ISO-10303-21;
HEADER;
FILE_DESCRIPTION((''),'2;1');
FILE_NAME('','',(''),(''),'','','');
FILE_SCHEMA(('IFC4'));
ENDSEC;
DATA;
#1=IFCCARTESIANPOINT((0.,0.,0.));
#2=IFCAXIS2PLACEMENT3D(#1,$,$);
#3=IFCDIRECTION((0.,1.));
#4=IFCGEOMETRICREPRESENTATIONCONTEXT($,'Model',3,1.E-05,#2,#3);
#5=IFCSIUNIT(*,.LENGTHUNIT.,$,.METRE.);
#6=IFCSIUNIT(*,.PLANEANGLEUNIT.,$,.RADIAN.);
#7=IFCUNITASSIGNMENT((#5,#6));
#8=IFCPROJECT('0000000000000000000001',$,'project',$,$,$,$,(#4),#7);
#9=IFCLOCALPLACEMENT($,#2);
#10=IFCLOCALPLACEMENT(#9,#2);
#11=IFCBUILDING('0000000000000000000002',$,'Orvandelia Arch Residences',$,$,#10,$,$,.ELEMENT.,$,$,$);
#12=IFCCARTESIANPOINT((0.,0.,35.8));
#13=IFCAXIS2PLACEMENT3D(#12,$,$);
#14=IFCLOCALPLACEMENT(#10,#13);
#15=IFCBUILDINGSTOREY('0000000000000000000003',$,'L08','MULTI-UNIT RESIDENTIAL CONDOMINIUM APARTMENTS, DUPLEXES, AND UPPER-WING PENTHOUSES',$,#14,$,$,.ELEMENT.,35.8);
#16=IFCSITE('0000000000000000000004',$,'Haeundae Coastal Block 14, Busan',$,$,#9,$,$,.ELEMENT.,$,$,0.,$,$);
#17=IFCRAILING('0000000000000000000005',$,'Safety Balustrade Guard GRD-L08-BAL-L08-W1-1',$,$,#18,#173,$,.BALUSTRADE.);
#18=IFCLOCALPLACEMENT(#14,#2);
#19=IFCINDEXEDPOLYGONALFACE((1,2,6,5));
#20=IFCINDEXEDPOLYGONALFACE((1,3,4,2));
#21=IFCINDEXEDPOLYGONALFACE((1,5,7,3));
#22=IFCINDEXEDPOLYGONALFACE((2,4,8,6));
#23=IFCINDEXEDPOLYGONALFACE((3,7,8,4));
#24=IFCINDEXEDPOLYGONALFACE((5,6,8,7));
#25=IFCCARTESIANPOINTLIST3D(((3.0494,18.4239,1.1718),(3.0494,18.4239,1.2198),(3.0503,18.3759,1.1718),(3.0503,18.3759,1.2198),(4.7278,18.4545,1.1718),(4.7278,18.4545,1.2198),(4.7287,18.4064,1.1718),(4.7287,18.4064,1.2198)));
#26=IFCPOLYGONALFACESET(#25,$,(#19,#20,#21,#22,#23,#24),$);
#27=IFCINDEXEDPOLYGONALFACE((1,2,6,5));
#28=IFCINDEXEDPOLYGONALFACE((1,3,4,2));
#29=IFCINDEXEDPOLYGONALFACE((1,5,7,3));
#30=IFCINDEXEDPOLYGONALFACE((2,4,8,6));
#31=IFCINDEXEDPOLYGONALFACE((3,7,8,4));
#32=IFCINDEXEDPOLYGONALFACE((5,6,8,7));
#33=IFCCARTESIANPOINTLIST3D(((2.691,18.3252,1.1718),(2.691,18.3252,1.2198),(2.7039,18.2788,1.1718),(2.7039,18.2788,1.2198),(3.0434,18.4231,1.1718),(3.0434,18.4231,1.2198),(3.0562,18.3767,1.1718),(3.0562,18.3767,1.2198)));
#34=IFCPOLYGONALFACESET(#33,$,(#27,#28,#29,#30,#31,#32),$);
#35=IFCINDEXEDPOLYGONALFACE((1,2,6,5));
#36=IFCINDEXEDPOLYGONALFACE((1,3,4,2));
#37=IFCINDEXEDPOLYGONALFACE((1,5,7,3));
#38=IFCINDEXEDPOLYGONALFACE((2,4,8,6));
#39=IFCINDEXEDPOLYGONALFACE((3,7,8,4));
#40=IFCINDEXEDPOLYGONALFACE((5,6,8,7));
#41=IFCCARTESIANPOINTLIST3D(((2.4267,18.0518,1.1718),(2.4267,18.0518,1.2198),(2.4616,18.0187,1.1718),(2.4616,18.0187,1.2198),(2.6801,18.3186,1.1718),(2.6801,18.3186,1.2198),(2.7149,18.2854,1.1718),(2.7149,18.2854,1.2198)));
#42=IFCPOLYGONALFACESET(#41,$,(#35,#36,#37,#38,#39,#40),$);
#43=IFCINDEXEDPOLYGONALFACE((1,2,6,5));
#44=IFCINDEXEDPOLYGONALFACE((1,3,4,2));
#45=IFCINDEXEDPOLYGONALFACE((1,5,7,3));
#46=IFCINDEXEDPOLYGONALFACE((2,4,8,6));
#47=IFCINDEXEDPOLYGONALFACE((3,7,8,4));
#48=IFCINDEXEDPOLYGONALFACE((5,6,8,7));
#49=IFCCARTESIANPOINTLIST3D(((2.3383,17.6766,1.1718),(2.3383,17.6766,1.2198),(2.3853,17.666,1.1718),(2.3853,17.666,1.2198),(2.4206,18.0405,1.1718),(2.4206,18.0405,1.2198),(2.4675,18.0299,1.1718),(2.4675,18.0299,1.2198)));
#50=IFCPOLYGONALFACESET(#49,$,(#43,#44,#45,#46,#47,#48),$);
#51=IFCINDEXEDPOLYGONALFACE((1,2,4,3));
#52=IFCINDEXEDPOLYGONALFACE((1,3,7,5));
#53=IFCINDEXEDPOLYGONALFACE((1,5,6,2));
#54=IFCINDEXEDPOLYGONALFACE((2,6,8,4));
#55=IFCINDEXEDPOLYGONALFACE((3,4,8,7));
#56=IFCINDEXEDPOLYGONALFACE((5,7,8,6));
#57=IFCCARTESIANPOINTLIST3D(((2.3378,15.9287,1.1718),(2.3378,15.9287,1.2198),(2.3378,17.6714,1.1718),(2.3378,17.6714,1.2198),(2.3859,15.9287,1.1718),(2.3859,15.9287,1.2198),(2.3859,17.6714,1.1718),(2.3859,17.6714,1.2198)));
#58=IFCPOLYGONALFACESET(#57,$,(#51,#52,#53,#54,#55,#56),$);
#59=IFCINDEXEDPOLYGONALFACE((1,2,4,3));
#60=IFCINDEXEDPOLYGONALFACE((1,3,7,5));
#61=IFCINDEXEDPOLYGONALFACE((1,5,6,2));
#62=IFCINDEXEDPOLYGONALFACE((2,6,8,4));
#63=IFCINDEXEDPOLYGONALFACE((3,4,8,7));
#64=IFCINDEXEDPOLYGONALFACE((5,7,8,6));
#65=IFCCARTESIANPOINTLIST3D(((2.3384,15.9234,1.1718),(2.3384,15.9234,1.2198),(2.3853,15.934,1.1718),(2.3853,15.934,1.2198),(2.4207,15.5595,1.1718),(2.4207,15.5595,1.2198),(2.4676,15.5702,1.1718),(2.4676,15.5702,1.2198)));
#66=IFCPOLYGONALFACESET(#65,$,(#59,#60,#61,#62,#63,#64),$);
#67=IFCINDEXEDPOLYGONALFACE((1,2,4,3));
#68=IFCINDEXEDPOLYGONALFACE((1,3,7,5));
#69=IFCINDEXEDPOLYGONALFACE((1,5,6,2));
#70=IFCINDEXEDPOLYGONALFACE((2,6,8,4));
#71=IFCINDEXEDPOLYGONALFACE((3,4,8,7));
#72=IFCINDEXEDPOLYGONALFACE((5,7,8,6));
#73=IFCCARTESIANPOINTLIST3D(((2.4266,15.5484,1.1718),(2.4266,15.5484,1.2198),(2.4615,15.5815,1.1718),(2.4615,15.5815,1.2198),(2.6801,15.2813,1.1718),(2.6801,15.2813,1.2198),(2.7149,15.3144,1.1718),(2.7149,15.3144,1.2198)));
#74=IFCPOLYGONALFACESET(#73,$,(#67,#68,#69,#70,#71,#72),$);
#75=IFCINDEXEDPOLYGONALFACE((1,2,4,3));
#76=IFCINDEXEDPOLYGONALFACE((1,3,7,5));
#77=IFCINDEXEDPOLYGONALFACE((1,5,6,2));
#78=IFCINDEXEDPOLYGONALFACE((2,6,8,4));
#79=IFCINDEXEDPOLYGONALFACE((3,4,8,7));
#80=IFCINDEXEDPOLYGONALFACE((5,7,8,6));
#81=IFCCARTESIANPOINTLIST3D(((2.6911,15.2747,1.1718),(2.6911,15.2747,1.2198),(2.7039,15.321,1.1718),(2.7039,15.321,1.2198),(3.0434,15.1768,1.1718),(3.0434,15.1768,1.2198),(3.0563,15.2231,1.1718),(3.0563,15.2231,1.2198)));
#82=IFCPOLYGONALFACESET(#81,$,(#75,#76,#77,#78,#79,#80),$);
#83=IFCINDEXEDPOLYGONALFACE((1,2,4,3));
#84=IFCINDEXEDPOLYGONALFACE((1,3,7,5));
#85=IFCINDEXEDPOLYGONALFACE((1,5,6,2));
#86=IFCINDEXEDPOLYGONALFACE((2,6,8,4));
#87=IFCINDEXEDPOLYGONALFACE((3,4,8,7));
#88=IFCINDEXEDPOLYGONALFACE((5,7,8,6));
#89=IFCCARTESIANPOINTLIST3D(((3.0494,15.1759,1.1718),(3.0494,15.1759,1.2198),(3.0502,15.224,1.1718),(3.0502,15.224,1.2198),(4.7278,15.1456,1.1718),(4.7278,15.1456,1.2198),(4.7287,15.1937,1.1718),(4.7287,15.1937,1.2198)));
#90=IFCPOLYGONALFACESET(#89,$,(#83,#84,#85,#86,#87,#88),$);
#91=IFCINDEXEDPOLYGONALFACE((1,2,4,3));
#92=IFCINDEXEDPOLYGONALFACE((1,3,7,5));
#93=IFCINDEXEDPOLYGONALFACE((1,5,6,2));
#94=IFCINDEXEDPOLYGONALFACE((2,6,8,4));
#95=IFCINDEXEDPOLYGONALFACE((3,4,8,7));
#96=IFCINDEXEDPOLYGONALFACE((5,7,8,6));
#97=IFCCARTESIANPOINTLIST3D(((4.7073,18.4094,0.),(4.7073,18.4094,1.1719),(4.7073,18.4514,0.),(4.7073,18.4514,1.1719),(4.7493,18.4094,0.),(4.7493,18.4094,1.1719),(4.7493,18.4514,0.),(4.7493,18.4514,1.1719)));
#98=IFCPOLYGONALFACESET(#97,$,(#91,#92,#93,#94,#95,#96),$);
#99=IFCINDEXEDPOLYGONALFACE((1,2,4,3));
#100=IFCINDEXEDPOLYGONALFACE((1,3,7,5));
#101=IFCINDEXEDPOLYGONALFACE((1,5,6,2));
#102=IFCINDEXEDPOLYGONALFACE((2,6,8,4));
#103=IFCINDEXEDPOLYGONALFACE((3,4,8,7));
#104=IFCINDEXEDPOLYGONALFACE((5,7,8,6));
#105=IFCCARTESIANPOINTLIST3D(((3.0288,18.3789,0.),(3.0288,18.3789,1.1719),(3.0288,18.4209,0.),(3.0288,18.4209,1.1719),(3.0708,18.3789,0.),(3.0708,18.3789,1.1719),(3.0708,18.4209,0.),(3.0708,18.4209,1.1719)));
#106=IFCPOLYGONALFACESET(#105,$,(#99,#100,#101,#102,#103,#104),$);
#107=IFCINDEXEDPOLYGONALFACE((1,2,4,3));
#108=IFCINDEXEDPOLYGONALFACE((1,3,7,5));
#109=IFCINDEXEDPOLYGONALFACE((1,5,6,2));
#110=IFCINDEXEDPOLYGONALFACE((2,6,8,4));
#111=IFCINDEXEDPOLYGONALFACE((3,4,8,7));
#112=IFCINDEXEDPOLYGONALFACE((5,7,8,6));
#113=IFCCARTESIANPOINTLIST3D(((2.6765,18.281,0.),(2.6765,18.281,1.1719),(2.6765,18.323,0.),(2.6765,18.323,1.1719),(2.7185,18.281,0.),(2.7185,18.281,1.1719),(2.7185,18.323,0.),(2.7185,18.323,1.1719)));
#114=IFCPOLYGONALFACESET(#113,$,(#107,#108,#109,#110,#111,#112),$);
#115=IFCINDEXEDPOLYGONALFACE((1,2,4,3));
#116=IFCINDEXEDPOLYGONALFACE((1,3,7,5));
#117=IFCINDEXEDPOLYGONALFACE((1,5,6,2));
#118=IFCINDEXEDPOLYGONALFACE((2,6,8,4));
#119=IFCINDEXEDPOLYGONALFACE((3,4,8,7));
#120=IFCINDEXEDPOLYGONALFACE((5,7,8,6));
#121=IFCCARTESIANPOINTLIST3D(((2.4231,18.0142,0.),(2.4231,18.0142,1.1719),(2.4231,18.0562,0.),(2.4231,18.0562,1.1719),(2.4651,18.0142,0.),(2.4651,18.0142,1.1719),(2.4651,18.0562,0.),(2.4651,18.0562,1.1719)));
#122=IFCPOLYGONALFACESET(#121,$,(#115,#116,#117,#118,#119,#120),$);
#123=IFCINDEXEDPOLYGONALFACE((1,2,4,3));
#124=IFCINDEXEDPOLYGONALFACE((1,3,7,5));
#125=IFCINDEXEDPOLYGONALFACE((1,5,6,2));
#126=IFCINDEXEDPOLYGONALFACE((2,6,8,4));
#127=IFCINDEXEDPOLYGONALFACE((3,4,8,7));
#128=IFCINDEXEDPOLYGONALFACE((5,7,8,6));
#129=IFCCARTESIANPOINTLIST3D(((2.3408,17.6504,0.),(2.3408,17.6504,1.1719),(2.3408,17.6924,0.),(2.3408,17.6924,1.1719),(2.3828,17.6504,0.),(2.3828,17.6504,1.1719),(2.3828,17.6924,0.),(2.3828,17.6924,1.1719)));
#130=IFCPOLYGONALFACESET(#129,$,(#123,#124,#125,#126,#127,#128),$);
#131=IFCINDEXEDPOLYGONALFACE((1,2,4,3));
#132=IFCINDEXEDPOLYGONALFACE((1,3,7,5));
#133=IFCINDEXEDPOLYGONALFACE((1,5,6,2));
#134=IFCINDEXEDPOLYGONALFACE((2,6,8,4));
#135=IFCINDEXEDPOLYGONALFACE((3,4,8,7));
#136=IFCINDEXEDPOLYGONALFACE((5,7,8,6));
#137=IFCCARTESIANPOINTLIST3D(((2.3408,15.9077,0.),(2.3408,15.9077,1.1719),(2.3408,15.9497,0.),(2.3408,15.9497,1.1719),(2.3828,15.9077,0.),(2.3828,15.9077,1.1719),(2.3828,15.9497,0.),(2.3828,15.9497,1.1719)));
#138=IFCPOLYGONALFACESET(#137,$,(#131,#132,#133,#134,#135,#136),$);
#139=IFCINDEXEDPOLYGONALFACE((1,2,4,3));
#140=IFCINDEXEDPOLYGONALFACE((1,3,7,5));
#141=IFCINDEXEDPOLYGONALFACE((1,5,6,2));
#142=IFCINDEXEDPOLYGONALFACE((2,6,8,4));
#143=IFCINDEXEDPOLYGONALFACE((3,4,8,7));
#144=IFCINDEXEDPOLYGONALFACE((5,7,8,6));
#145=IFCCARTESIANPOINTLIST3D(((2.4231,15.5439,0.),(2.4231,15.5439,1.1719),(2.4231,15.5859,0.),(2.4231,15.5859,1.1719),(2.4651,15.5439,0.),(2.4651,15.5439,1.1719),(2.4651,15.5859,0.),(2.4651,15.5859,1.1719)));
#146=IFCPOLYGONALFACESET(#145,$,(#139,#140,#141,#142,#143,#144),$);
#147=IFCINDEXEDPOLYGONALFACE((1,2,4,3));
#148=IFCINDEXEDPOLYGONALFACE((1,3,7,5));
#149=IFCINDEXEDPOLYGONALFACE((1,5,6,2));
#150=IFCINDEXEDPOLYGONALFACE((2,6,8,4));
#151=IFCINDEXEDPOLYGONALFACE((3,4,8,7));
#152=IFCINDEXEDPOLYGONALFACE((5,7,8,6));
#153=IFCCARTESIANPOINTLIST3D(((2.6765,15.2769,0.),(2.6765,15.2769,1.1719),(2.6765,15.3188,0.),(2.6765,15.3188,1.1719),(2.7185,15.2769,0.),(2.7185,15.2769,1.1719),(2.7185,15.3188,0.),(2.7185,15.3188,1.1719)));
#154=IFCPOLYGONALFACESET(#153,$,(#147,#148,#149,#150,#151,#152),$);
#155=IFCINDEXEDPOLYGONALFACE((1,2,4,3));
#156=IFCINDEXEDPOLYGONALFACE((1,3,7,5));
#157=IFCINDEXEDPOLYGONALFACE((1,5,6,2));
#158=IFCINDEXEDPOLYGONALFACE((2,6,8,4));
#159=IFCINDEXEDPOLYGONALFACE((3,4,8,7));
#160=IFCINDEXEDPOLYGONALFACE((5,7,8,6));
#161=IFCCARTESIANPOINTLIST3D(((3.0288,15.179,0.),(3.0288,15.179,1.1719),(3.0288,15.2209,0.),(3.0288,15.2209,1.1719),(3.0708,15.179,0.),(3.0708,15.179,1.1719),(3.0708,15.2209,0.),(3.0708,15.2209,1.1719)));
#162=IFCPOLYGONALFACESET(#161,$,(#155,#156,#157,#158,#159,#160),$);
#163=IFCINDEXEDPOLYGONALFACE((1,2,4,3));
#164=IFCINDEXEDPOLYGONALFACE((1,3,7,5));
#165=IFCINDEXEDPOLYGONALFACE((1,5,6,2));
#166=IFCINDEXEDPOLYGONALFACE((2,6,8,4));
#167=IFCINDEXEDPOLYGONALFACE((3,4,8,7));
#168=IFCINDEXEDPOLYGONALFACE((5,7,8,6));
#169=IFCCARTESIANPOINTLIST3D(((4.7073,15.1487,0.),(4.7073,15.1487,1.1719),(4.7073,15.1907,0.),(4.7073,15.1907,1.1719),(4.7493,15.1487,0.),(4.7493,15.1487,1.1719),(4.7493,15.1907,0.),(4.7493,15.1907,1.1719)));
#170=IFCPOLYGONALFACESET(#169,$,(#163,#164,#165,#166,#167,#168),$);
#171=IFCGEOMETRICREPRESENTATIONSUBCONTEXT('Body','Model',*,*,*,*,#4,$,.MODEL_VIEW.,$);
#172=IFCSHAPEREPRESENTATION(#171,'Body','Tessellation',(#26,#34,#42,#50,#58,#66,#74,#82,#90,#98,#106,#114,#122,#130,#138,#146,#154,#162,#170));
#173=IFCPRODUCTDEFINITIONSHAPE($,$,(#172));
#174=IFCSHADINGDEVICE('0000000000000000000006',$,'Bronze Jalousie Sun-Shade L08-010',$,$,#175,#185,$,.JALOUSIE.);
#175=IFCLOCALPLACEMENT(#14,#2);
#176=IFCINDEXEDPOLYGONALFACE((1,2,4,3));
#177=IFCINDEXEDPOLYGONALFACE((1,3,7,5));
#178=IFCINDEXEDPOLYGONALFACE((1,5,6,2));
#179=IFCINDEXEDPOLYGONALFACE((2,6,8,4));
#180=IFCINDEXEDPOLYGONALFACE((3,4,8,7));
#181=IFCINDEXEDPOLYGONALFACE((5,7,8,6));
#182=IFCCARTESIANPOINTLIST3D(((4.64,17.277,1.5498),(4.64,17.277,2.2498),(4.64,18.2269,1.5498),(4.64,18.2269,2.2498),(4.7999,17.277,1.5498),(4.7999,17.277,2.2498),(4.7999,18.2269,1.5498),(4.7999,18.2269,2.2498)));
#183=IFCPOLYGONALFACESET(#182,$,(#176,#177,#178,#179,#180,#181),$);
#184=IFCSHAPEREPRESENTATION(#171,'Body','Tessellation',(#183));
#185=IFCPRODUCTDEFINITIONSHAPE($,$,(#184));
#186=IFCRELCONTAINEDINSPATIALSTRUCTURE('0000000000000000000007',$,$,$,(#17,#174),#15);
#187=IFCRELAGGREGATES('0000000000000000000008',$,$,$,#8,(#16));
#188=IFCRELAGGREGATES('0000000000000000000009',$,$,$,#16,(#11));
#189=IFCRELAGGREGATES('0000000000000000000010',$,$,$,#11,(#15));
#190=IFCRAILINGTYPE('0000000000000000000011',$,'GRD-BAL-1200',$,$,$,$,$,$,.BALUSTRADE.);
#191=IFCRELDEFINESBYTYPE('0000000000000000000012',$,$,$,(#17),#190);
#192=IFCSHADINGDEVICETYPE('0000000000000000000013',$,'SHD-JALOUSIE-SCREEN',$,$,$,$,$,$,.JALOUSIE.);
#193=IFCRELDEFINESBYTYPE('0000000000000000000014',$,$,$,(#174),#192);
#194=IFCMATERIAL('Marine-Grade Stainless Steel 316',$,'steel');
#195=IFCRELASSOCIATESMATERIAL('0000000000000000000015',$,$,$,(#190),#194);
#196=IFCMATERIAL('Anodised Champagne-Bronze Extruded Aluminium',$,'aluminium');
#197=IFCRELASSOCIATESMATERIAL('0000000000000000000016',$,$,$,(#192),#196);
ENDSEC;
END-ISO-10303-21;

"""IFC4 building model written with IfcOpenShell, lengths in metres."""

from ifc_helpers import new_model, si_unit, direction, frame, origin, origin_2d, place, context, subcontext, project, spatial, rectangle, extrude, material, type_object, element, save


model = new_model("IFC4")

# Units and contexts
model_context = context("Model", 3, precision=1e-05, world=origin(), true_north=direction((0.0, 1.0)))
body_context = subcontext(model_context, "Body", "Model", "MODEL_VIEW")
ifc_project = project(units=[si_unit("LENGTHUNIT", "METRE"), si_unit("PLANEANGLEUNIT", "RADIAN")], contexts=[model_context])

# Site, building, storey
site_placement = place(None, origin())
site = spatial("IfcSite", under=ifc_project, at=site_placement, Name="Haeundae Coastal Block 14, Busan", CompositionType="ELEMENT", RefElevation=0.0)
building_placement = place(site_placement, origin())
building = spatial("IfcBuilding", under=site, at=building_placement, Name="Orvandelia Arch Residences", CompositionType="ELEMENT")
storey_placement = place(building_placement, frame((0.0, 0.0, 35.8)))
storey = spatial("IfcBuildingStorey", under=building, at=storey_placement, Name="L08", Description="MULTI-UNIT RESIDENTIAL CONDOMINIUM APARTMENTS, DUPLEXES, AND UPPER-WING PENTHOUSES", CompositionType="ELEMENT", Elevation=35.8)

# Railing
ifc_material_1 = material(Name="Marine-Grade Stainless Steel 316", Category="steel")
railing_type = type_object("IfcRailingType", Name="GRD-BAL-1200", PredefinedType="BALUSTRADE", material=ifc_material_1)
railing_placement = place(storey_placement, frame((4.7283, 18.4304, 0.0)))
element("IfcRailing", 1, at=railing_placement, inside=storey, type_object=railing_type, Name="Safety Balustrade Guard GRD-L08-BAL-L08-W1-1", PredefinedType="BALUSTRADE", context=body_context, shape_type="SweptSolid", body=[
    extrude(rectangle(XDim=0.0481, YDim=0.0481, at=origin_2d()), frame((0.0, 0.0, 1.1958), z_axis=(-0.999835, -0.018179, 0.0), x_axis=(0.018179, -0.999835, 0.0)), (0.0, 0.0, 1.0), 1.6787),
    extrude(rectangle(XDim=0.0481, YDim=0.0481, at=origin_2d()), frame((-1.6785, -0.0305, 1.1958), z_axis=(-0.963489, -0.267747, 0.0), x_axis=(0.267747, -0.963489, 0.0)), (0.0, 0.0, 1.0), 0.3657),
    extrude(rectangle(XDim=0.0481, YDim=0.0481, at=origin_2d()), frame((-2.0308, -0.1284, 1.1958), z_axis=(-0.688627, -0.725115, 0.0), x_axis=(0.725115, -0.688627, 0.0)), (0.0, 0.0, 1.0), 0.3679),
    extrude(rectangle(XDim=0.0481, YDim=0.0481, at=origin_2d()), frame((-2.2842, -0.3953, 1.1958), z_axis=(-0.220602, -0.975364, 0.0), x_axis=(0.975364, -0.220602, 0.0)), (0.0, 0.0, 1.0), 0.373),
    extrude(rectangle(XDim=0.0481, YDim=0.0481, at=origin_2d()), frame((-2.3665, -0.759, 1.1958), z_axis=(0.0, -1.0, 0.0), x_axis=(1.0, 0.0, 0.0)), (0.0, 0.0, 1.0), 1.7427),
    extrude(rectangle(XDim=0.0481, YDim=0.0481, at=origin_2d()), frame((-2.3665, -2.5017, 1.1958), z_axis=(0.220602, -0.975364, 0.0), x_axis=(0.975364, 0.220602, 0.0)), (0.0, 0.0, 1.0), 0.373),
    extrude(rectangle(XDim=0.0481, YDim=0.0481, at=origin_2d()), frame((-2.2842, -2.8655, 1.1958), z_axis=(0.688296, -0.72543, 0.0), x_axis=(0.72543, 0.688296, 0.0)), (0.0, 0.0, 1.0), 0.3682),
    extrude(rectangle(XDim=0.0481, YDim=0.0481, at=origin_2d()), frame((-2.0308, -3.1326, 1.1958), z_axis=(0.963489, -0.267747, 0.0), x_axis=(0.267747, 0.963489, 0.0)), (0.0, 0.0, 1.0), 0.3657),
    extrude(rectangle(XDim=0.0481, YDim=0.0481, at=origin_2d()), frame((-1.6785, -3.2305, 1.1958), z_axis=(0.999837, -0.018033, 0.0), x_axis=(0.018033, 0.999837, 0.0)), (0.0, 0.0, 1.0), 1.6787),
    extrude(rectangle(XDim=0.042, YDim=0.042, at=origin_2d()), origin(), (0.0, 0.0, 1.0), 1.1719),
    extrude(rectangle(XDim=0.042, YDim=0.042, at=origin_2d()), frame((-1.6785, -0.0305, 0.0)), (0.0, 0.0, 1.0), 1.1719),
    extrude(rectangle(XDim=0.042, YDim=0.042, at=origin_2d()), frame((-2.0308, -0.1284, 0.0)), (0.0, 0.0, 1.0), 1.1719),
    extrude(rectangle(XDim=0.042, YDim=0.042, at=origin_2d()), frame((-2.2842, -0.3953, 0.0)), (0.0, 0.0, 1.0), 1.1719),
    extrude(rectangle(XDim=0.042, YDim=0.042, at=origin_2d()), frame((-2.3665, -0.759, 0.0)), (0.0, 0.0, 1.0), 1.1719),
    extrude(rectangle(XDim=0.042, YDim=0.042, at=origin_2d()), frame((-2.3665, -2.5017, 0.0)), (0.0, 0.0, 1.0), 1.1719),
    extrude(rectangle(XDim=0.042, YDim=0.042, at=origin_2d()), frame((-2.2842, -2.8655, 0.0)), (0.0, 0.0, 1.0), 1.1719),
    extrude(rectangle(XDim=0.042, YDim=0.042, at=origin_2d()), frame((-2.0308, -3.1326, 0.0)), (0.0, 0.0, 1.0), 1.1719),
    extrude(rectangle(XDim=0.042, YDim=0.042, at=origin_2d()), frame((-1.6785, -3.2305, 0.0)), (0.0, 0.0, 1.0), 1.1719),
    extrude(rectangle(XDim=0.042, YDim=0.042, at=origin_2d()), frame((0.0, -3.2607, 0.0)), (0.0, 0.0, 1.0), 1.1719),
])

# Shading device
ifc_material_2 = material(Name="Anodised Champagne-Bronze Extruded Aluminium", Category="aluminium")
shading_device_type = type_object("IfcShadingDeviceType", Name="SHD-JALOUSIE-SCREEN", PredefinedType="JALOUSIE", material=ifc_material_2)
shading_device_placement = place(storey_placement, frame((4.72, 17.752, 1.5498), z_axis=(0.0, 0.0, 1.0), x_axis=(0.0, 1.0, 0.0)))
element("IfcShadingDevice", 2, at=shading_device_placement, inside=storey, type_object=shading_device_type, Name="Bronze Jalousie Sun-Shade L08-010", PredefinedType="JALOUSIE", context=body_context, shape_type="SweptSolid", body=[
    extrude(rectangle(XDim=0.95, YDim=0.1599, at=origin_2d()), origin(), (0.0, 0.0, 1.0), 0.7),
])

save(model, "model.ifc")
